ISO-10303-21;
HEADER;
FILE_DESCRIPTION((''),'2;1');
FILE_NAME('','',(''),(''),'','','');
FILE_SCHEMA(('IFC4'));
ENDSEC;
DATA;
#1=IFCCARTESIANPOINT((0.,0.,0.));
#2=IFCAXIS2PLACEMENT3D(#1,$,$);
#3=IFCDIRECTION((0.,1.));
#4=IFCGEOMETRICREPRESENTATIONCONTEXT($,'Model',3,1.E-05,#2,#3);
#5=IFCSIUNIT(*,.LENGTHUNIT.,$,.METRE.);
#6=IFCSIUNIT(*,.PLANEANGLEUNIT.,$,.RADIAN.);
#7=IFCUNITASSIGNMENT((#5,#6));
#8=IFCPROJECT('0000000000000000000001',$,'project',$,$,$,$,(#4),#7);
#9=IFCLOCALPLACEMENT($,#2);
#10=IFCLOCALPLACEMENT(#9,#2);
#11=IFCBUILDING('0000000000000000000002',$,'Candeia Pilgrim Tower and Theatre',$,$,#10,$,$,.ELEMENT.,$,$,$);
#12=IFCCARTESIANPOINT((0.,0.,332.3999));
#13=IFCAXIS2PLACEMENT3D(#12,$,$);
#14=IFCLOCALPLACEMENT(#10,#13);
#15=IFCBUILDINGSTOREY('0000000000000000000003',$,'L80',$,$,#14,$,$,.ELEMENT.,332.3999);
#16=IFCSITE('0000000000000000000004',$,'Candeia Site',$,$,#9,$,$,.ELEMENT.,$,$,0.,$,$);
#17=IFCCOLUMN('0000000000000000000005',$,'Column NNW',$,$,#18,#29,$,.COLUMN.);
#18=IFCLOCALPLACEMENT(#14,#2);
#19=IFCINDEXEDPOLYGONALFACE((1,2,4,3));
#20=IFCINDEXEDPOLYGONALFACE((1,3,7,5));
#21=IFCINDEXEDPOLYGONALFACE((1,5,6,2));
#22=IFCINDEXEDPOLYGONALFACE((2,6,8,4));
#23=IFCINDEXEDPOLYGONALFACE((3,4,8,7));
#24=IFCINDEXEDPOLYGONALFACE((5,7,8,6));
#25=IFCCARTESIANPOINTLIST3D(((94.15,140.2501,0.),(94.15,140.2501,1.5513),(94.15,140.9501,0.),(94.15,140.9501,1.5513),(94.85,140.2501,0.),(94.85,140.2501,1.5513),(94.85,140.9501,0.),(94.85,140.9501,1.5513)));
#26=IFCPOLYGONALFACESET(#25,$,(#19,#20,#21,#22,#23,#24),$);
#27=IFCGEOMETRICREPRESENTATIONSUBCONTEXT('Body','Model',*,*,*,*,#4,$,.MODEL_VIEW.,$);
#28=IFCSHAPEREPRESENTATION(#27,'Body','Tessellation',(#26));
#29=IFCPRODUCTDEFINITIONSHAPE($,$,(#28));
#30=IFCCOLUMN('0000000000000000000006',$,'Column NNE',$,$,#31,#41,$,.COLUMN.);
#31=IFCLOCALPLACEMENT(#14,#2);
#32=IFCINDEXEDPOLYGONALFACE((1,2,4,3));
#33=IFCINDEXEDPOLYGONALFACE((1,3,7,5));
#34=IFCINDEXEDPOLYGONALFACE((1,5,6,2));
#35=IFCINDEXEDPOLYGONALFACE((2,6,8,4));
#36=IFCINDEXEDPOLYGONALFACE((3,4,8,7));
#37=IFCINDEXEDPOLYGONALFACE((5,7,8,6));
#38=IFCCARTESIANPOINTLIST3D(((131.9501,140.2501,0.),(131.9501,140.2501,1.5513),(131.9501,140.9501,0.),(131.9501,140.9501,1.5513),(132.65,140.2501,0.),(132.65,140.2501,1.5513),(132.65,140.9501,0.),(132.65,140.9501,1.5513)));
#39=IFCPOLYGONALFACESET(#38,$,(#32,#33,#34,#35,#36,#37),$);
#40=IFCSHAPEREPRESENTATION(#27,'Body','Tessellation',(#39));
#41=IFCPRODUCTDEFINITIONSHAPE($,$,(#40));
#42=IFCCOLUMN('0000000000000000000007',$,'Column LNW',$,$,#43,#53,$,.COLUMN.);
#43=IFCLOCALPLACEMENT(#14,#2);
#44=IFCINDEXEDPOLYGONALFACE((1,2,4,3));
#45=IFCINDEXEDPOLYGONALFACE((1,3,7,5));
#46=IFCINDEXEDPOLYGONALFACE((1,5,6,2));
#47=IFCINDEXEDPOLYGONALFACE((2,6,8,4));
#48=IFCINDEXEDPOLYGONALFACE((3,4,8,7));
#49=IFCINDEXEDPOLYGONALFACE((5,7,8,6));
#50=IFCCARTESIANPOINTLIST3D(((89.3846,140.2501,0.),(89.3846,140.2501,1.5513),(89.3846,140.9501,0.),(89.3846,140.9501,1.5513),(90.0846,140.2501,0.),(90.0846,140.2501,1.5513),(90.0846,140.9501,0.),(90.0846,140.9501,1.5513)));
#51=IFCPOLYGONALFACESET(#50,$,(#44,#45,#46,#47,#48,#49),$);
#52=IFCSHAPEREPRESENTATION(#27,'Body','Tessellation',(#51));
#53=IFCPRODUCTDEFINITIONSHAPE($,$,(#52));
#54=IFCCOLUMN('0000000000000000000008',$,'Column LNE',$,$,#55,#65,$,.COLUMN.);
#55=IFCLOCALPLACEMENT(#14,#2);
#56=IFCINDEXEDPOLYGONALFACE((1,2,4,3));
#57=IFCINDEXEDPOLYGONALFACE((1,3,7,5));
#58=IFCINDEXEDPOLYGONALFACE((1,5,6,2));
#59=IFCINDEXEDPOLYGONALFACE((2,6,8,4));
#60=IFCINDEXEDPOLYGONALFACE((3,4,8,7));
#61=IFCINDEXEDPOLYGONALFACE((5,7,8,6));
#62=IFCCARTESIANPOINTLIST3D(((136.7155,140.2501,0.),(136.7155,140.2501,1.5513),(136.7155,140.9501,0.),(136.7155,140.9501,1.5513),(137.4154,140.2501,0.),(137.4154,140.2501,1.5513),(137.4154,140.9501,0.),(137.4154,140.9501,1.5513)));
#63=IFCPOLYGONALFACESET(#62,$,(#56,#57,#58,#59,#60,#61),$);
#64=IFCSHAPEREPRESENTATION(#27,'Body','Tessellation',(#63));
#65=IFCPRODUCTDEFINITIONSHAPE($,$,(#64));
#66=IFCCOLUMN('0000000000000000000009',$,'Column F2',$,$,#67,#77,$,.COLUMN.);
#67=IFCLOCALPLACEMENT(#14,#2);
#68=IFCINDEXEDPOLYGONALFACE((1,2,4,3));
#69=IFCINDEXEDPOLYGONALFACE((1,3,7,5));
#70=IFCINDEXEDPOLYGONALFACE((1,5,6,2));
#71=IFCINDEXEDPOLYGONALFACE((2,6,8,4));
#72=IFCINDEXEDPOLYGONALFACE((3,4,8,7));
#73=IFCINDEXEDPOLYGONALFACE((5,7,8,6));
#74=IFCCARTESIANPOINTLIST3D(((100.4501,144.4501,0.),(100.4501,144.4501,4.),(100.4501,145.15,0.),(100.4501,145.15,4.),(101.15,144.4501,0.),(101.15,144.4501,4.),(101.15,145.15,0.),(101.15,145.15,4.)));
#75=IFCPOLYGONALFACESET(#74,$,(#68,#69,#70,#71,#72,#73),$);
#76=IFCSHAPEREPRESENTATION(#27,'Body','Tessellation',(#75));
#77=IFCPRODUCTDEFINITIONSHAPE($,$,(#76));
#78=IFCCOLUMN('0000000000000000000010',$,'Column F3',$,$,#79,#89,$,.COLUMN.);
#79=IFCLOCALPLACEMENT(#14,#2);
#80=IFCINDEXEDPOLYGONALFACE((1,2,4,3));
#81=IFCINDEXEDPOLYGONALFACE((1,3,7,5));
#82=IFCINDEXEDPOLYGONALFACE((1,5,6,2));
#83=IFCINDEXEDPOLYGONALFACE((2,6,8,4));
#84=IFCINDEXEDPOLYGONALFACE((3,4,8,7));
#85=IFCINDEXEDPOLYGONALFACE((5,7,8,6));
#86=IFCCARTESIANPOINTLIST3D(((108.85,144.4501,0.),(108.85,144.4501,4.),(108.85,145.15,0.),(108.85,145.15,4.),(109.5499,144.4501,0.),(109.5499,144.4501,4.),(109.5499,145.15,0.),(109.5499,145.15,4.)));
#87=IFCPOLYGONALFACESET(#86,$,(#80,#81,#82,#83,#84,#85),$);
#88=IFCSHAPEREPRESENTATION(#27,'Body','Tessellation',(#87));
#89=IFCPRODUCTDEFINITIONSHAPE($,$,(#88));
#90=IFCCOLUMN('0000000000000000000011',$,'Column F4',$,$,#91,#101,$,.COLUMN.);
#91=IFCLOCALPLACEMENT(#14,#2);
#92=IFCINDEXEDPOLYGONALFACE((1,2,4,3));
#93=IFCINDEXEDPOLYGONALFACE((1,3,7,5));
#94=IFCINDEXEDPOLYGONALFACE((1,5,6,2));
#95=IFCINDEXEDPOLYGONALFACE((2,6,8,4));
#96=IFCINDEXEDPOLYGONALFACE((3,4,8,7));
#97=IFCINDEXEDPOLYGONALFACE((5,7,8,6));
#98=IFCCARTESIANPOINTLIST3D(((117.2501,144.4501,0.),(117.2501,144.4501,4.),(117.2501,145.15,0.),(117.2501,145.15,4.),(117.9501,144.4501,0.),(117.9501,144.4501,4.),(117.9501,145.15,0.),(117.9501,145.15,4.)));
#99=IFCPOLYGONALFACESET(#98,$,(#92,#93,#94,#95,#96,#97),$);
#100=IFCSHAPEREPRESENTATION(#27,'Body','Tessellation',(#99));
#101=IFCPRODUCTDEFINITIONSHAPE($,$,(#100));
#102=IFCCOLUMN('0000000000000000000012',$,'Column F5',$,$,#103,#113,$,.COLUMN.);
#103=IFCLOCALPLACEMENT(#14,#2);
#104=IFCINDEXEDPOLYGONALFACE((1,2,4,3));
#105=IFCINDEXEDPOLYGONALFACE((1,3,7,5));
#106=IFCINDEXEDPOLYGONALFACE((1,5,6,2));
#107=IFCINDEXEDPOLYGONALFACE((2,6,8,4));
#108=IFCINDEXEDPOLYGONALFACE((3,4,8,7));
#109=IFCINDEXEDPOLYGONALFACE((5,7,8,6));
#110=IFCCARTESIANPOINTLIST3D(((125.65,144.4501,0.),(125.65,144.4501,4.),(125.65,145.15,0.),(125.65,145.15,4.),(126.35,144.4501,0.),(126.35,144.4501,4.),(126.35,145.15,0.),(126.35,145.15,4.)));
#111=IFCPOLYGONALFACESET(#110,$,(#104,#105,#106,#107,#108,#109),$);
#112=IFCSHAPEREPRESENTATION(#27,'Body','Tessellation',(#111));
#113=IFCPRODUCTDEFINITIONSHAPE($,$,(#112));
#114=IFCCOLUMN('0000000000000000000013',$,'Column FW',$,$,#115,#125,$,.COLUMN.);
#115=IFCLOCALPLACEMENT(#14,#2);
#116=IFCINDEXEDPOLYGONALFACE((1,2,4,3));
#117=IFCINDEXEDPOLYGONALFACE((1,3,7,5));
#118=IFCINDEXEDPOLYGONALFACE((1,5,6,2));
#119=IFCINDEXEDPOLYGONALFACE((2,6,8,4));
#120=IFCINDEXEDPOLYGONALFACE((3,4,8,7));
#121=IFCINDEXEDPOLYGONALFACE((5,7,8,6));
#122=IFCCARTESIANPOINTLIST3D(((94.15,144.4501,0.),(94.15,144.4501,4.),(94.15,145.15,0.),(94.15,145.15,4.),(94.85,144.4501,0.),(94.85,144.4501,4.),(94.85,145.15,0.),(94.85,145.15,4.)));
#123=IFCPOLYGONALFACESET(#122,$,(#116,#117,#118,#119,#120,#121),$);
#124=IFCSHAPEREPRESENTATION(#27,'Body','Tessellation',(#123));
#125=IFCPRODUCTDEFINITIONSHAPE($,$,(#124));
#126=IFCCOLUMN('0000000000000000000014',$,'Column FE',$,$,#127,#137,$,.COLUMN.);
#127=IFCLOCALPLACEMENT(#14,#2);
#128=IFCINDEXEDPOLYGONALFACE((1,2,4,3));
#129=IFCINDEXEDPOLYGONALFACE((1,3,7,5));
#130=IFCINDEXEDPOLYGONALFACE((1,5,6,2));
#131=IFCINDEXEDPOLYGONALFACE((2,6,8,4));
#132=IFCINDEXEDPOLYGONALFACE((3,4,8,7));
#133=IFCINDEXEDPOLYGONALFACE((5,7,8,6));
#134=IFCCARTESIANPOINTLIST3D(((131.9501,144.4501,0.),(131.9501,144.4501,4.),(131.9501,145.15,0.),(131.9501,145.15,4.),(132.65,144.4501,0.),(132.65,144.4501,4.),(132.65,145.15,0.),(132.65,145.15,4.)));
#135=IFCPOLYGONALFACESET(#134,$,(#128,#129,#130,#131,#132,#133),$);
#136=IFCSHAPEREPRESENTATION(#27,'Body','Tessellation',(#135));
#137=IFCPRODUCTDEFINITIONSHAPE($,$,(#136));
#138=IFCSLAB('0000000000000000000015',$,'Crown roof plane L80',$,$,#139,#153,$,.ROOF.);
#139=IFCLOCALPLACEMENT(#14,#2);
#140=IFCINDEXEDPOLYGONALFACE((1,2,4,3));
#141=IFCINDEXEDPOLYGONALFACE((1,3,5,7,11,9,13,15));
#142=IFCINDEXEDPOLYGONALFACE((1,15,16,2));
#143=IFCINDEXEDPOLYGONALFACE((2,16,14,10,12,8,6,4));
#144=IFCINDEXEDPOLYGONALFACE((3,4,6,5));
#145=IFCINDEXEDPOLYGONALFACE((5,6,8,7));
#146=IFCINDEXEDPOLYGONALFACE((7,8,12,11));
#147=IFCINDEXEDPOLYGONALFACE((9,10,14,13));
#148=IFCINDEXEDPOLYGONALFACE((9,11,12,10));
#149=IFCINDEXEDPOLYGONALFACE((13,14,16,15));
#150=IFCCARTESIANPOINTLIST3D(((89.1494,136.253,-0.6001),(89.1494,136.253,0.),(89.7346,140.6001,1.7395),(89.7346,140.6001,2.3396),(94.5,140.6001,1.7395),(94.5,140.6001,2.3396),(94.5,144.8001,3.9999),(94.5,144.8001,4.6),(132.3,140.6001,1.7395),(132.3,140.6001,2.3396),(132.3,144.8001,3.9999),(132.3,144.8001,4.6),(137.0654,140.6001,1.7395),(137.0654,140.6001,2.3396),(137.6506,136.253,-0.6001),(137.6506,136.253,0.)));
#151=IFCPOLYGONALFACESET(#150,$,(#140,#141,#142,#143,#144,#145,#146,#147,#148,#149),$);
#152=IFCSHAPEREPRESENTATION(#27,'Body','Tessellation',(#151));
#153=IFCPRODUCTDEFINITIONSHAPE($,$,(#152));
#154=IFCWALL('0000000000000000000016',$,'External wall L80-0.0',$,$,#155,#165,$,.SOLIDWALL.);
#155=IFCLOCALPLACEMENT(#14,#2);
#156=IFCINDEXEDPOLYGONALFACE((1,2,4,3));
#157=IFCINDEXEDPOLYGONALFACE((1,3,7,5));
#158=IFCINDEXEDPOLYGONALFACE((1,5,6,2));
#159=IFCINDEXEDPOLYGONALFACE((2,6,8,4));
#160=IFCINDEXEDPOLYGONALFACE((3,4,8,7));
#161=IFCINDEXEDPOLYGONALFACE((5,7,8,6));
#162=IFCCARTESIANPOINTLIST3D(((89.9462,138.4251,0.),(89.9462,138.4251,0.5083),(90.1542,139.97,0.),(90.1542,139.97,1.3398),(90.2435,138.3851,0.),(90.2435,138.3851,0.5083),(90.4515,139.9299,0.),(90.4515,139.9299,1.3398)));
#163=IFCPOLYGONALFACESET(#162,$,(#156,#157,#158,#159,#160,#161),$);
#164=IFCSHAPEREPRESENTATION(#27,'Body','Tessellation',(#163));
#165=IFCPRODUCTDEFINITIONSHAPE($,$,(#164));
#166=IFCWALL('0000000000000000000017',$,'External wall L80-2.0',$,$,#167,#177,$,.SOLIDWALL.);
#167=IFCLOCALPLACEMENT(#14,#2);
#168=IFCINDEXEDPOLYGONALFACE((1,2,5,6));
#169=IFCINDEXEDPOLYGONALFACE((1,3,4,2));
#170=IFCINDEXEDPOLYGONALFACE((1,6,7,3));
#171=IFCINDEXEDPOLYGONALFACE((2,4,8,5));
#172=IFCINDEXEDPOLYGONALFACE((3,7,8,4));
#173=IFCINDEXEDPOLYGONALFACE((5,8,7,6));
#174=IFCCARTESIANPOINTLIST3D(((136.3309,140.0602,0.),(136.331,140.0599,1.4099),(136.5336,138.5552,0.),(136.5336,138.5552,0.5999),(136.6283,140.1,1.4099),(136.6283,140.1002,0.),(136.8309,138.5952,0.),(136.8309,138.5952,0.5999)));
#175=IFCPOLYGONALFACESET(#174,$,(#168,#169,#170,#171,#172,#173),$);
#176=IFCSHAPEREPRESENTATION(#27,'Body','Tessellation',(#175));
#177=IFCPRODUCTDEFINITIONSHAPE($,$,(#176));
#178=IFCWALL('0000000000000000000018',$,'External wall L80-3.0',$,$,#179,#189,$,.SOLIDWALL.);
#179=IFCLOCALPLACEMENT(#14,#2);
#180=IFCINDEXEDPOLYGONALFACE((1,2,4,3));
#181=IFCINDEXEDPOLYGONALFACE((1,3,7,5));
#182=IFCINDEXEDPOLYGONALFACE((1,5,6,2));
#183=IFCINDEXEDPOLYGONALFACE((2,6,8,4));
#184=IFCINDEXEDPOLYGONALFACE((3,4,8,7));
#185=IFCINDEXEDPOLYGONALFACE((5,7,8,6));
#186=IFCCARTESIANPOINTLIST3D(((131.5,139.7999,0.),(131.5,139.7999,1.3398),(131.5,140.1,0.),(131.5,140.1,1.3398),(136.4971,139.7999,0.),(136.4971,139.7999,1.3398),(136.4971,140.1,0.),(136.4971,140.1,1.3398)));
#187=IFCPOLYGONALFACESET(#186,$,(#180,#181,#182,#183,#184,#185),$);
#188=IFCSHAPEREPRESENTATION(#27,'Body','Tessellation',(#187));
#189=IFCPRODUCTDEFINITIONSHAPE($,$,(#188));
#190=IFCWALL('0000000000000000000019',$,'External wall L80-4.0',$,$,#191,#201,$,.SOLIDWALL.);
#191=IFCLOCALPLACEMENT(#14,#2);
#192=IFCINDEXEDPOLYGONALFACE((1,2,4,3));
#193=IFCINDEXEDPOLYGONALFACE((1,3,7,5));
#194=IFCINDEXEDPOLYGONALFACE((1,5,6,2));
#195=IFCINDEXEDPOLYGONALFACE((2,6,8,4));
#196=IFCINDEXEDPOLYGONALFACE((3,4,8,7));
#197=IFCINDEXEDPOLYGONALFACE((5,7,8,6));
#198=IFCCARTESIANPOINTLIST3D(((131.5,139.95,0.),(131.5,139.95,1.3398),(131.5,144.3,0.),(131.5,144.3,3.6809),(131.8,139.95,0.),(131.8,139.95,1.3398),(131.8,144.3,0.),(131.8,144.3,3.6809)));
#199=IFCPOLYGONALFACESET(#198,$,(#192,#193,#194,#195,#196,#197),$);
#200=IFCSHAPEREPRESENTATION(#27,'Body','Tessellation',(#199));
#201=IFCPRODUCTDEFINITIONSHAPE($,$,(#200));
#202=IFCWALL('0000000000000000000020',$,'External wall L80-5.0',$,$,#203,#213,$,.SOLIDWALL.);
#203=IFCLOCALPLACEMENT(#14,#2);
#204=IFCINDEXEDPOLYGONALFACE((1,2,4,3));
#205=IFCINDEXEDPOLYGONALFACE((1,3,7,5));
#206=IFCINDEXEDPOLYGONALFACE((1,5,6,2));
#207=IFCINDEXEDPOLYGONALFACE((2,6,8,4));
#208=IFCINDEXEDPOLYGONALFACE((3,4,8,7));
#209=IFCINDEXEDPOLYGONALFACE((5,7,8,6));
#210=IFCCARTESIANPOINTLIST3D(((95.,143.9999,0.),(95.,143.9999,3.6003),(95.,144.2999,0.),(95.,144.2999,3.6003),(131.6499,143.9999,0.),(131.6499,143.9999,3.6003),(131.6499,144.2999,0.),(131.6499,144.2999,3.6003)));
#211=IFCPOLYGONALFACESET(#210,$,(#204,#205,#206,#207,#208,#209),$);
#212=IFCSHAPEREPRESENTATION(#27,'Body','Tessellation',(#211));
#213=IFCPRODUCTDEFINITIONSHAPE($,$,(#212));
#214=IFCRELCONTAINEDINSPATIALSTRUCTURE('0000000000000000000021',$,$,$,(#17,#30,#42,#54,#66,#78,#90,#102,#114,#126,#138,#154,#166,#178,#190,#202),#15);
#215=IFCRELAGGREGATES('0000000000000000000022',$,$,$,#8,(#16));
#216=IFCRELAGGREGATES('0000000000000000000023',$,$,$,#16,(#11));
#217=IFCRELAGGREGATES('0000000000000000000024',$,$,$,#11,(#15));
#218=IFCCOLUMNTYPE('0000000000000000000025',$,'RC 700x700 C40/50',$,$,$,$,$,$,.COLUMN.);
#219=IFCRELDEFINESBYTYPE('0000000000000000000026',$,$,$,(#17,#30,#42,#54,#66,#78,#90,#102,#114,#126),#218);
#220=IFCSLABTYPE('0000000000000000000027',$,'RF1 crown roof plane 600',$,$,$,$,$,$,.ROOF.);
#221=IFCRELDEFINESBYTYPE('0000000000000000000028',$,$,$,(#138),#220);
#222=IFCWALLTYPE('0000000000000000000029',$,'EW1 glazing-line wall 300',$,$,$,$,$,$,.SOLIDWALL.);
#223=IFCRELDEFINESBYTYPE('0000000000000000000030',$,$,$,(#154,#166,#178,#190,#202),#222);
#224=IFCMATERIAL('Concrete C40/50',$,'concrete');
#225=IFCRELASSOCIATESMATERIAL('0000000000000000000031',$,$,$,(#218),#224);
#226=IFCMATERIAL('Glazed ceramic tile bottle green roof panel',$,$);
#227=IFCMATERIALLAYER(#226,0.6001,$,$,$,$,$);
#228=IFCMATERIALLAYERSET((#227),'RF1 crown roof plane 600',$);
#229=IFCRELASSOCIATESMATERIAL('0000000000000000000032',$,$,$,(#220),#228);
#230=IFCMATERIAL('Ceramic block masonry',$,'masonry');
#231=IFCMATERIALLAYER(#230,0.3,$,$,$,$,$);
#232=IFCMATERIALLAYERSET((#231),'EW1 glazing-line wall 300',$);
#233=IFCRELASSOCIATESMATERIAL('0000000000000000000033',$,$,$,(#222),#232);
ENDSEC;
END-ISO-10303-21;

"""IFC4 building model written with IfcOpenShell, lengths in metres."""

from ifc_helpers import new_model, si_unit, direction, frame, frame_2d, origin, origin_2d, place, context, subcontext, project, spatial, polyline, rectangle, outline, extrude, material, layer, layer_set, material_profile, profile_set, type_object, element, save


model = new_model("IFC4")

# Units and contexts
model_context = context("Model", 3, precision=1e-05, world=origin(), true_north=direction((0.0, 1.0)))
body_context = subcontext(model_context, "Body", "Model", "MODEL_VIEW")
ifc_project = project(units=[si_unit("LENGTHUNIT", "METRE"), si_unit("PLANEANGLEUNIT", "RADIAN")], contexts=[model_context])

# Site, building, storey
site_placement = place(None, origin())
site = spatial("IfcSite", under=ifc_project, at=site_placement, Name="Candeia Site", CompositionType="ELEMENT", RefElevation=0.0)
building_placement = place(site_placement, origin())
building = spatial("IfcBuilding", under=site, at=building_placement, Name="Candeia Pilgrim Tower and Theatre", CompositionType="ELEMENT")
storey_placement = place(building_placement, frame((0.0, 0.0, 332.3999)))
storey = spatial("IfcBuildingStorey", under=building, at=storey_placement, Name="L80", CompositionType="ELEMENT", Elevation=332.3999)

# Columns
ifc_material_1 = material(Name="Concrete C40/50", Category="concrete")
ifc_material_profile = material_profile(ifc_material_1, rectangle(XDim=0.7, YDim=0.7, at=origin_2d()))
ifc_profile_set = profile_set([ifc_material_profile], Name="Concrete C40/50")
column_type = type_object("IfcColumnType", Name="RC 700x700 C40/50", PredefinedType="COLUMN", material=ifc_profile_set)
for number, where, z_axis, x_axis, name in (
    (1, (94.5, 140.6001, 0.0), (0.0, 0.0, 1.0), (1.0, 0.0, 0.0), "Column NNW"),
    (2, (132.3, 140.6001, 0.0), (0.0, 0.0, 1.0), (1.0, 0.0, 0.0), "Column NNE"),
    (3, (89.7346, 140.6001, 0.0), (0.0, 0.0, 1.0), (1.0, 0.0, 0.0), "Column LNW"),
    (4, (137.0654, 140.6001, 0.0), (0.0, 0.0, 1.0), (1.0, 0.0, 0.0), "Column LNE"),
):
    element("IfcColumn", number, at=place(storey_placement, frame(where, z_axis=z_axis, x_axis=x_axis)), inside=storey, type_object=column_type, Name=name, PredefinedType="COLUMN", context=body_context, shape_type="SweptSolid", body=[
        extrude(rectangle(XDim=0.7, YDim=0.7, at=origin_2d()), origin(), (0.0, 0.0, 1.0), 1.5513),
    ])
for number, where, z_axis, x_axis, name in (
    (5, (100.8, 144.8, 0.0), (0.0, 0.0, 1.0), (1.0, 0.0, 0.0), "Column F2"),
    (6, (109.2, 144.8, 0.0), (0.0, 0.0, 1.0), (1.0, 0.0, 0.0), "Column F3"),
    (7, (117.6001, 144.8, 0.0), (0.0, 0.0, 1.0), (1.0, 0.0, 0.0), "Column F4"),
    (8, (126.0, 144.8, 0.0), (0.0, 0.0, 1.0), (1.0, 0.0, 0.0), "Column F5"),
    (9, (94.5, 144.8, 0.0), (0.0, 0.0, 1.0), (1.0, 0.0, 0.0), "Column FW"),
    (10, (132.3, 144.8, 0.0), (0.0, 0.0, 1.0), (1.0, 0.0, 0.0), "Column FE"),
):
    element("IfcColumn", number, at=place(storey_placement, frame(where, z_axis=z_axis, x_axis=x_axis)), inside=storey, type_object=column_type, Name=name, PredefinedType="COLUMN", context=body_context, shape_type="SweptSolid", body=[
        extrude(rectangle(XDim=0.7, YDim=0.7, at=origin_2d()), origin(), (0.0, 0.0, 1.0), 4.0),
    ])

# Slab
ifc_material_2 = material(Name="Glazed ceramic tile bottle green roof panel")
ifc_layer_1 = layer(ifc_material_2, 0.6001)
ifc_layer_set_1 = layer_set([ifc_layer_1], Name="RF1 crown roof plane 600")
slab_type = type_object("IfcSlabType", Name="RF1 crown roof plane 600", PredefinedType="ROOF", material=ifc_layer_set_1)
slab_placement = place(storey_placement, frame((94.5, 140.6001, 2.3396), z_axis=(0.0, -0.473923, 0.880566), x_axis=(-1.0, 0.0, 0.0)))
element("IfcSlab", 11, at=slab_placement, inside=storey, type_object=slab_type, Name="Crown roof plane L80", PredefinedType="ROOF", context=body_context, shape_type="SweptSolid", body=[
    extrude(outline(polyline([(0.0, 0.0), (4.7654, 0.0), (5.3506, 4.9368), (-43.1506, 4.9368), (-42.5654, 0.0), (-37.8, 0.0), (-37.8, -4.7696), (0.0, -4.7696), (0.0, 0.0)])), origin(), (0.0, 0.473923, -0.880566), 0.6001),
])

# Walls
ifc_material_3 = material(Name="Ceramic block masonry", Category="masonry")
ifc_layer_2 = layer(ifc_material_3, 0.3)
ifc_layer_set_2 = layer_set([ifc_layer_2], Name="EW1 glazing-line wall 300")
wall_type_1 = type_object("IfcWallType", Name="EW1 glazing-line wall 300", PredefinedType="SOLIDWALL", material=ifc_layer_set_2)
wall_1_placement = place(storey_placement, frame((90.303, 139.95, 0.0), z_axis=(0.0, 0.0, 1.0), x_axis=(-0.133436, -0.991057, 0.0)))
element("IfcWall", 12, at=wall_1_placement, inside=storey, type_object=wall_type_1, Name="External wall L80-0.0", PredefinedType="SOLIDWALL", context=body_context, shape_type="SweptSolid", body=[
    extrude(outline(polyline([(0.0, 0.0), (1.5588, 0.0), (1.5588, 0.5083), (0.0, 1.3398), (0.0, 0.0)])), frame((0.0, 0.1499, 0.0), z_axis=(0.0, -1.0, 0.0), x_axis=(1.0, 0.0, 0.0)), (0.0, 0.0, 1.0), 0.3),
])
wall_2_placement = place(storey_placement, frame((136.6821, 138.5752, 0.0), z_axis=(0.0, 0.0, 1.0), x_axis=(-0.133448, 0.991056, 0.0)))
element("IfcWall", 13, at=wall_2_placement, inside=storey, type_object=wall_type_1, Name="External wall L80-2.0", PredefinedType="SOLIDWALL", context=body_context, shape_type="SweptSolid", body=[
    extrude(outline(polyline([(0.0, 0.0), (1.5186, 0.0), (1.5183, 1.4099), (0.0, 0.5999), (0.0, 0.0)])), frame((0.0, 0.1499, 0.0), z_axis=(0.0, -1.0, 0.0), x_axis=(1.0, 0.0, 0.0)), (0.0, 0.0, 1.0), 0.3),
])
wall_3_placement = place(storey_placement, frame((136.4971, 139.95, 0.0), z_axis=(0.0, 0.0, 1.0), x_axis=(-1.0, 0.0, 0.0)))
element("IfcWall", 14, at=wall_3_placement, inside=storey, type_object=wall_type_1, Name="External wall L80-3.0", PredefinedType="SOLIDWALL", context=body_context, shape_type="SweptSolid", body=[
    extrude(rectangle(XDim=4.9971, YDim=0.3, at=frame_2d((2.4985, 0.0))), origin(), (0.0, 0.0, 1.0), 1.3398),
])
wall_4_placement = place(storey_placement, frame((131.6499, 139.95, 0.0), z_axis=(0.0, 0.0, 1.0), x_axis=(0.0, 1.0, 0.0)))
element("IfcWall", 15, at=wall_4_placement, inside=storey, type_object=wall_type_1, Name="External wall L80-4.0", PredefinedType="SOLIDWALL", context=body_context, shape_type="SweptSolid", body=[
    extrude(outline(polyline([(0.0, 0.0), (4.3501, 0.0), (4.3501, 3.6809), (0.0, 1.3398), (0.0, 0.0)])), frame((0.0, 0.1499, 0.0), z_axis=(0.0, -1.0, 0.0), x_axis=(1.0, 0.0, 0.0)), (0.0, 0.0, 1.0), 0.3),
])
wall_5_placement = place(storey_placement, frame((131.6499, 144.1499, 0.0), z_axis=(0.0, 0.0, 1.0), x_axis=(-1.0, 0.0, 0.0)))
element("IfcWall", 16, at=wall_5_placement, inside=storey, type_object=wall_type_1, Name="External wall L80-5.0", PredefinedType="SOLIDWALL", context=body_context, shape_type="SweptSolid", body=[
    extrude(rectangle(XDim=36.6499, YDim=0.3, at=frame_2d((18.325, 0.0))), origin(), (0.0, 0.0, 1.0), 3.6003),
])

save(model, "model.ifc")
